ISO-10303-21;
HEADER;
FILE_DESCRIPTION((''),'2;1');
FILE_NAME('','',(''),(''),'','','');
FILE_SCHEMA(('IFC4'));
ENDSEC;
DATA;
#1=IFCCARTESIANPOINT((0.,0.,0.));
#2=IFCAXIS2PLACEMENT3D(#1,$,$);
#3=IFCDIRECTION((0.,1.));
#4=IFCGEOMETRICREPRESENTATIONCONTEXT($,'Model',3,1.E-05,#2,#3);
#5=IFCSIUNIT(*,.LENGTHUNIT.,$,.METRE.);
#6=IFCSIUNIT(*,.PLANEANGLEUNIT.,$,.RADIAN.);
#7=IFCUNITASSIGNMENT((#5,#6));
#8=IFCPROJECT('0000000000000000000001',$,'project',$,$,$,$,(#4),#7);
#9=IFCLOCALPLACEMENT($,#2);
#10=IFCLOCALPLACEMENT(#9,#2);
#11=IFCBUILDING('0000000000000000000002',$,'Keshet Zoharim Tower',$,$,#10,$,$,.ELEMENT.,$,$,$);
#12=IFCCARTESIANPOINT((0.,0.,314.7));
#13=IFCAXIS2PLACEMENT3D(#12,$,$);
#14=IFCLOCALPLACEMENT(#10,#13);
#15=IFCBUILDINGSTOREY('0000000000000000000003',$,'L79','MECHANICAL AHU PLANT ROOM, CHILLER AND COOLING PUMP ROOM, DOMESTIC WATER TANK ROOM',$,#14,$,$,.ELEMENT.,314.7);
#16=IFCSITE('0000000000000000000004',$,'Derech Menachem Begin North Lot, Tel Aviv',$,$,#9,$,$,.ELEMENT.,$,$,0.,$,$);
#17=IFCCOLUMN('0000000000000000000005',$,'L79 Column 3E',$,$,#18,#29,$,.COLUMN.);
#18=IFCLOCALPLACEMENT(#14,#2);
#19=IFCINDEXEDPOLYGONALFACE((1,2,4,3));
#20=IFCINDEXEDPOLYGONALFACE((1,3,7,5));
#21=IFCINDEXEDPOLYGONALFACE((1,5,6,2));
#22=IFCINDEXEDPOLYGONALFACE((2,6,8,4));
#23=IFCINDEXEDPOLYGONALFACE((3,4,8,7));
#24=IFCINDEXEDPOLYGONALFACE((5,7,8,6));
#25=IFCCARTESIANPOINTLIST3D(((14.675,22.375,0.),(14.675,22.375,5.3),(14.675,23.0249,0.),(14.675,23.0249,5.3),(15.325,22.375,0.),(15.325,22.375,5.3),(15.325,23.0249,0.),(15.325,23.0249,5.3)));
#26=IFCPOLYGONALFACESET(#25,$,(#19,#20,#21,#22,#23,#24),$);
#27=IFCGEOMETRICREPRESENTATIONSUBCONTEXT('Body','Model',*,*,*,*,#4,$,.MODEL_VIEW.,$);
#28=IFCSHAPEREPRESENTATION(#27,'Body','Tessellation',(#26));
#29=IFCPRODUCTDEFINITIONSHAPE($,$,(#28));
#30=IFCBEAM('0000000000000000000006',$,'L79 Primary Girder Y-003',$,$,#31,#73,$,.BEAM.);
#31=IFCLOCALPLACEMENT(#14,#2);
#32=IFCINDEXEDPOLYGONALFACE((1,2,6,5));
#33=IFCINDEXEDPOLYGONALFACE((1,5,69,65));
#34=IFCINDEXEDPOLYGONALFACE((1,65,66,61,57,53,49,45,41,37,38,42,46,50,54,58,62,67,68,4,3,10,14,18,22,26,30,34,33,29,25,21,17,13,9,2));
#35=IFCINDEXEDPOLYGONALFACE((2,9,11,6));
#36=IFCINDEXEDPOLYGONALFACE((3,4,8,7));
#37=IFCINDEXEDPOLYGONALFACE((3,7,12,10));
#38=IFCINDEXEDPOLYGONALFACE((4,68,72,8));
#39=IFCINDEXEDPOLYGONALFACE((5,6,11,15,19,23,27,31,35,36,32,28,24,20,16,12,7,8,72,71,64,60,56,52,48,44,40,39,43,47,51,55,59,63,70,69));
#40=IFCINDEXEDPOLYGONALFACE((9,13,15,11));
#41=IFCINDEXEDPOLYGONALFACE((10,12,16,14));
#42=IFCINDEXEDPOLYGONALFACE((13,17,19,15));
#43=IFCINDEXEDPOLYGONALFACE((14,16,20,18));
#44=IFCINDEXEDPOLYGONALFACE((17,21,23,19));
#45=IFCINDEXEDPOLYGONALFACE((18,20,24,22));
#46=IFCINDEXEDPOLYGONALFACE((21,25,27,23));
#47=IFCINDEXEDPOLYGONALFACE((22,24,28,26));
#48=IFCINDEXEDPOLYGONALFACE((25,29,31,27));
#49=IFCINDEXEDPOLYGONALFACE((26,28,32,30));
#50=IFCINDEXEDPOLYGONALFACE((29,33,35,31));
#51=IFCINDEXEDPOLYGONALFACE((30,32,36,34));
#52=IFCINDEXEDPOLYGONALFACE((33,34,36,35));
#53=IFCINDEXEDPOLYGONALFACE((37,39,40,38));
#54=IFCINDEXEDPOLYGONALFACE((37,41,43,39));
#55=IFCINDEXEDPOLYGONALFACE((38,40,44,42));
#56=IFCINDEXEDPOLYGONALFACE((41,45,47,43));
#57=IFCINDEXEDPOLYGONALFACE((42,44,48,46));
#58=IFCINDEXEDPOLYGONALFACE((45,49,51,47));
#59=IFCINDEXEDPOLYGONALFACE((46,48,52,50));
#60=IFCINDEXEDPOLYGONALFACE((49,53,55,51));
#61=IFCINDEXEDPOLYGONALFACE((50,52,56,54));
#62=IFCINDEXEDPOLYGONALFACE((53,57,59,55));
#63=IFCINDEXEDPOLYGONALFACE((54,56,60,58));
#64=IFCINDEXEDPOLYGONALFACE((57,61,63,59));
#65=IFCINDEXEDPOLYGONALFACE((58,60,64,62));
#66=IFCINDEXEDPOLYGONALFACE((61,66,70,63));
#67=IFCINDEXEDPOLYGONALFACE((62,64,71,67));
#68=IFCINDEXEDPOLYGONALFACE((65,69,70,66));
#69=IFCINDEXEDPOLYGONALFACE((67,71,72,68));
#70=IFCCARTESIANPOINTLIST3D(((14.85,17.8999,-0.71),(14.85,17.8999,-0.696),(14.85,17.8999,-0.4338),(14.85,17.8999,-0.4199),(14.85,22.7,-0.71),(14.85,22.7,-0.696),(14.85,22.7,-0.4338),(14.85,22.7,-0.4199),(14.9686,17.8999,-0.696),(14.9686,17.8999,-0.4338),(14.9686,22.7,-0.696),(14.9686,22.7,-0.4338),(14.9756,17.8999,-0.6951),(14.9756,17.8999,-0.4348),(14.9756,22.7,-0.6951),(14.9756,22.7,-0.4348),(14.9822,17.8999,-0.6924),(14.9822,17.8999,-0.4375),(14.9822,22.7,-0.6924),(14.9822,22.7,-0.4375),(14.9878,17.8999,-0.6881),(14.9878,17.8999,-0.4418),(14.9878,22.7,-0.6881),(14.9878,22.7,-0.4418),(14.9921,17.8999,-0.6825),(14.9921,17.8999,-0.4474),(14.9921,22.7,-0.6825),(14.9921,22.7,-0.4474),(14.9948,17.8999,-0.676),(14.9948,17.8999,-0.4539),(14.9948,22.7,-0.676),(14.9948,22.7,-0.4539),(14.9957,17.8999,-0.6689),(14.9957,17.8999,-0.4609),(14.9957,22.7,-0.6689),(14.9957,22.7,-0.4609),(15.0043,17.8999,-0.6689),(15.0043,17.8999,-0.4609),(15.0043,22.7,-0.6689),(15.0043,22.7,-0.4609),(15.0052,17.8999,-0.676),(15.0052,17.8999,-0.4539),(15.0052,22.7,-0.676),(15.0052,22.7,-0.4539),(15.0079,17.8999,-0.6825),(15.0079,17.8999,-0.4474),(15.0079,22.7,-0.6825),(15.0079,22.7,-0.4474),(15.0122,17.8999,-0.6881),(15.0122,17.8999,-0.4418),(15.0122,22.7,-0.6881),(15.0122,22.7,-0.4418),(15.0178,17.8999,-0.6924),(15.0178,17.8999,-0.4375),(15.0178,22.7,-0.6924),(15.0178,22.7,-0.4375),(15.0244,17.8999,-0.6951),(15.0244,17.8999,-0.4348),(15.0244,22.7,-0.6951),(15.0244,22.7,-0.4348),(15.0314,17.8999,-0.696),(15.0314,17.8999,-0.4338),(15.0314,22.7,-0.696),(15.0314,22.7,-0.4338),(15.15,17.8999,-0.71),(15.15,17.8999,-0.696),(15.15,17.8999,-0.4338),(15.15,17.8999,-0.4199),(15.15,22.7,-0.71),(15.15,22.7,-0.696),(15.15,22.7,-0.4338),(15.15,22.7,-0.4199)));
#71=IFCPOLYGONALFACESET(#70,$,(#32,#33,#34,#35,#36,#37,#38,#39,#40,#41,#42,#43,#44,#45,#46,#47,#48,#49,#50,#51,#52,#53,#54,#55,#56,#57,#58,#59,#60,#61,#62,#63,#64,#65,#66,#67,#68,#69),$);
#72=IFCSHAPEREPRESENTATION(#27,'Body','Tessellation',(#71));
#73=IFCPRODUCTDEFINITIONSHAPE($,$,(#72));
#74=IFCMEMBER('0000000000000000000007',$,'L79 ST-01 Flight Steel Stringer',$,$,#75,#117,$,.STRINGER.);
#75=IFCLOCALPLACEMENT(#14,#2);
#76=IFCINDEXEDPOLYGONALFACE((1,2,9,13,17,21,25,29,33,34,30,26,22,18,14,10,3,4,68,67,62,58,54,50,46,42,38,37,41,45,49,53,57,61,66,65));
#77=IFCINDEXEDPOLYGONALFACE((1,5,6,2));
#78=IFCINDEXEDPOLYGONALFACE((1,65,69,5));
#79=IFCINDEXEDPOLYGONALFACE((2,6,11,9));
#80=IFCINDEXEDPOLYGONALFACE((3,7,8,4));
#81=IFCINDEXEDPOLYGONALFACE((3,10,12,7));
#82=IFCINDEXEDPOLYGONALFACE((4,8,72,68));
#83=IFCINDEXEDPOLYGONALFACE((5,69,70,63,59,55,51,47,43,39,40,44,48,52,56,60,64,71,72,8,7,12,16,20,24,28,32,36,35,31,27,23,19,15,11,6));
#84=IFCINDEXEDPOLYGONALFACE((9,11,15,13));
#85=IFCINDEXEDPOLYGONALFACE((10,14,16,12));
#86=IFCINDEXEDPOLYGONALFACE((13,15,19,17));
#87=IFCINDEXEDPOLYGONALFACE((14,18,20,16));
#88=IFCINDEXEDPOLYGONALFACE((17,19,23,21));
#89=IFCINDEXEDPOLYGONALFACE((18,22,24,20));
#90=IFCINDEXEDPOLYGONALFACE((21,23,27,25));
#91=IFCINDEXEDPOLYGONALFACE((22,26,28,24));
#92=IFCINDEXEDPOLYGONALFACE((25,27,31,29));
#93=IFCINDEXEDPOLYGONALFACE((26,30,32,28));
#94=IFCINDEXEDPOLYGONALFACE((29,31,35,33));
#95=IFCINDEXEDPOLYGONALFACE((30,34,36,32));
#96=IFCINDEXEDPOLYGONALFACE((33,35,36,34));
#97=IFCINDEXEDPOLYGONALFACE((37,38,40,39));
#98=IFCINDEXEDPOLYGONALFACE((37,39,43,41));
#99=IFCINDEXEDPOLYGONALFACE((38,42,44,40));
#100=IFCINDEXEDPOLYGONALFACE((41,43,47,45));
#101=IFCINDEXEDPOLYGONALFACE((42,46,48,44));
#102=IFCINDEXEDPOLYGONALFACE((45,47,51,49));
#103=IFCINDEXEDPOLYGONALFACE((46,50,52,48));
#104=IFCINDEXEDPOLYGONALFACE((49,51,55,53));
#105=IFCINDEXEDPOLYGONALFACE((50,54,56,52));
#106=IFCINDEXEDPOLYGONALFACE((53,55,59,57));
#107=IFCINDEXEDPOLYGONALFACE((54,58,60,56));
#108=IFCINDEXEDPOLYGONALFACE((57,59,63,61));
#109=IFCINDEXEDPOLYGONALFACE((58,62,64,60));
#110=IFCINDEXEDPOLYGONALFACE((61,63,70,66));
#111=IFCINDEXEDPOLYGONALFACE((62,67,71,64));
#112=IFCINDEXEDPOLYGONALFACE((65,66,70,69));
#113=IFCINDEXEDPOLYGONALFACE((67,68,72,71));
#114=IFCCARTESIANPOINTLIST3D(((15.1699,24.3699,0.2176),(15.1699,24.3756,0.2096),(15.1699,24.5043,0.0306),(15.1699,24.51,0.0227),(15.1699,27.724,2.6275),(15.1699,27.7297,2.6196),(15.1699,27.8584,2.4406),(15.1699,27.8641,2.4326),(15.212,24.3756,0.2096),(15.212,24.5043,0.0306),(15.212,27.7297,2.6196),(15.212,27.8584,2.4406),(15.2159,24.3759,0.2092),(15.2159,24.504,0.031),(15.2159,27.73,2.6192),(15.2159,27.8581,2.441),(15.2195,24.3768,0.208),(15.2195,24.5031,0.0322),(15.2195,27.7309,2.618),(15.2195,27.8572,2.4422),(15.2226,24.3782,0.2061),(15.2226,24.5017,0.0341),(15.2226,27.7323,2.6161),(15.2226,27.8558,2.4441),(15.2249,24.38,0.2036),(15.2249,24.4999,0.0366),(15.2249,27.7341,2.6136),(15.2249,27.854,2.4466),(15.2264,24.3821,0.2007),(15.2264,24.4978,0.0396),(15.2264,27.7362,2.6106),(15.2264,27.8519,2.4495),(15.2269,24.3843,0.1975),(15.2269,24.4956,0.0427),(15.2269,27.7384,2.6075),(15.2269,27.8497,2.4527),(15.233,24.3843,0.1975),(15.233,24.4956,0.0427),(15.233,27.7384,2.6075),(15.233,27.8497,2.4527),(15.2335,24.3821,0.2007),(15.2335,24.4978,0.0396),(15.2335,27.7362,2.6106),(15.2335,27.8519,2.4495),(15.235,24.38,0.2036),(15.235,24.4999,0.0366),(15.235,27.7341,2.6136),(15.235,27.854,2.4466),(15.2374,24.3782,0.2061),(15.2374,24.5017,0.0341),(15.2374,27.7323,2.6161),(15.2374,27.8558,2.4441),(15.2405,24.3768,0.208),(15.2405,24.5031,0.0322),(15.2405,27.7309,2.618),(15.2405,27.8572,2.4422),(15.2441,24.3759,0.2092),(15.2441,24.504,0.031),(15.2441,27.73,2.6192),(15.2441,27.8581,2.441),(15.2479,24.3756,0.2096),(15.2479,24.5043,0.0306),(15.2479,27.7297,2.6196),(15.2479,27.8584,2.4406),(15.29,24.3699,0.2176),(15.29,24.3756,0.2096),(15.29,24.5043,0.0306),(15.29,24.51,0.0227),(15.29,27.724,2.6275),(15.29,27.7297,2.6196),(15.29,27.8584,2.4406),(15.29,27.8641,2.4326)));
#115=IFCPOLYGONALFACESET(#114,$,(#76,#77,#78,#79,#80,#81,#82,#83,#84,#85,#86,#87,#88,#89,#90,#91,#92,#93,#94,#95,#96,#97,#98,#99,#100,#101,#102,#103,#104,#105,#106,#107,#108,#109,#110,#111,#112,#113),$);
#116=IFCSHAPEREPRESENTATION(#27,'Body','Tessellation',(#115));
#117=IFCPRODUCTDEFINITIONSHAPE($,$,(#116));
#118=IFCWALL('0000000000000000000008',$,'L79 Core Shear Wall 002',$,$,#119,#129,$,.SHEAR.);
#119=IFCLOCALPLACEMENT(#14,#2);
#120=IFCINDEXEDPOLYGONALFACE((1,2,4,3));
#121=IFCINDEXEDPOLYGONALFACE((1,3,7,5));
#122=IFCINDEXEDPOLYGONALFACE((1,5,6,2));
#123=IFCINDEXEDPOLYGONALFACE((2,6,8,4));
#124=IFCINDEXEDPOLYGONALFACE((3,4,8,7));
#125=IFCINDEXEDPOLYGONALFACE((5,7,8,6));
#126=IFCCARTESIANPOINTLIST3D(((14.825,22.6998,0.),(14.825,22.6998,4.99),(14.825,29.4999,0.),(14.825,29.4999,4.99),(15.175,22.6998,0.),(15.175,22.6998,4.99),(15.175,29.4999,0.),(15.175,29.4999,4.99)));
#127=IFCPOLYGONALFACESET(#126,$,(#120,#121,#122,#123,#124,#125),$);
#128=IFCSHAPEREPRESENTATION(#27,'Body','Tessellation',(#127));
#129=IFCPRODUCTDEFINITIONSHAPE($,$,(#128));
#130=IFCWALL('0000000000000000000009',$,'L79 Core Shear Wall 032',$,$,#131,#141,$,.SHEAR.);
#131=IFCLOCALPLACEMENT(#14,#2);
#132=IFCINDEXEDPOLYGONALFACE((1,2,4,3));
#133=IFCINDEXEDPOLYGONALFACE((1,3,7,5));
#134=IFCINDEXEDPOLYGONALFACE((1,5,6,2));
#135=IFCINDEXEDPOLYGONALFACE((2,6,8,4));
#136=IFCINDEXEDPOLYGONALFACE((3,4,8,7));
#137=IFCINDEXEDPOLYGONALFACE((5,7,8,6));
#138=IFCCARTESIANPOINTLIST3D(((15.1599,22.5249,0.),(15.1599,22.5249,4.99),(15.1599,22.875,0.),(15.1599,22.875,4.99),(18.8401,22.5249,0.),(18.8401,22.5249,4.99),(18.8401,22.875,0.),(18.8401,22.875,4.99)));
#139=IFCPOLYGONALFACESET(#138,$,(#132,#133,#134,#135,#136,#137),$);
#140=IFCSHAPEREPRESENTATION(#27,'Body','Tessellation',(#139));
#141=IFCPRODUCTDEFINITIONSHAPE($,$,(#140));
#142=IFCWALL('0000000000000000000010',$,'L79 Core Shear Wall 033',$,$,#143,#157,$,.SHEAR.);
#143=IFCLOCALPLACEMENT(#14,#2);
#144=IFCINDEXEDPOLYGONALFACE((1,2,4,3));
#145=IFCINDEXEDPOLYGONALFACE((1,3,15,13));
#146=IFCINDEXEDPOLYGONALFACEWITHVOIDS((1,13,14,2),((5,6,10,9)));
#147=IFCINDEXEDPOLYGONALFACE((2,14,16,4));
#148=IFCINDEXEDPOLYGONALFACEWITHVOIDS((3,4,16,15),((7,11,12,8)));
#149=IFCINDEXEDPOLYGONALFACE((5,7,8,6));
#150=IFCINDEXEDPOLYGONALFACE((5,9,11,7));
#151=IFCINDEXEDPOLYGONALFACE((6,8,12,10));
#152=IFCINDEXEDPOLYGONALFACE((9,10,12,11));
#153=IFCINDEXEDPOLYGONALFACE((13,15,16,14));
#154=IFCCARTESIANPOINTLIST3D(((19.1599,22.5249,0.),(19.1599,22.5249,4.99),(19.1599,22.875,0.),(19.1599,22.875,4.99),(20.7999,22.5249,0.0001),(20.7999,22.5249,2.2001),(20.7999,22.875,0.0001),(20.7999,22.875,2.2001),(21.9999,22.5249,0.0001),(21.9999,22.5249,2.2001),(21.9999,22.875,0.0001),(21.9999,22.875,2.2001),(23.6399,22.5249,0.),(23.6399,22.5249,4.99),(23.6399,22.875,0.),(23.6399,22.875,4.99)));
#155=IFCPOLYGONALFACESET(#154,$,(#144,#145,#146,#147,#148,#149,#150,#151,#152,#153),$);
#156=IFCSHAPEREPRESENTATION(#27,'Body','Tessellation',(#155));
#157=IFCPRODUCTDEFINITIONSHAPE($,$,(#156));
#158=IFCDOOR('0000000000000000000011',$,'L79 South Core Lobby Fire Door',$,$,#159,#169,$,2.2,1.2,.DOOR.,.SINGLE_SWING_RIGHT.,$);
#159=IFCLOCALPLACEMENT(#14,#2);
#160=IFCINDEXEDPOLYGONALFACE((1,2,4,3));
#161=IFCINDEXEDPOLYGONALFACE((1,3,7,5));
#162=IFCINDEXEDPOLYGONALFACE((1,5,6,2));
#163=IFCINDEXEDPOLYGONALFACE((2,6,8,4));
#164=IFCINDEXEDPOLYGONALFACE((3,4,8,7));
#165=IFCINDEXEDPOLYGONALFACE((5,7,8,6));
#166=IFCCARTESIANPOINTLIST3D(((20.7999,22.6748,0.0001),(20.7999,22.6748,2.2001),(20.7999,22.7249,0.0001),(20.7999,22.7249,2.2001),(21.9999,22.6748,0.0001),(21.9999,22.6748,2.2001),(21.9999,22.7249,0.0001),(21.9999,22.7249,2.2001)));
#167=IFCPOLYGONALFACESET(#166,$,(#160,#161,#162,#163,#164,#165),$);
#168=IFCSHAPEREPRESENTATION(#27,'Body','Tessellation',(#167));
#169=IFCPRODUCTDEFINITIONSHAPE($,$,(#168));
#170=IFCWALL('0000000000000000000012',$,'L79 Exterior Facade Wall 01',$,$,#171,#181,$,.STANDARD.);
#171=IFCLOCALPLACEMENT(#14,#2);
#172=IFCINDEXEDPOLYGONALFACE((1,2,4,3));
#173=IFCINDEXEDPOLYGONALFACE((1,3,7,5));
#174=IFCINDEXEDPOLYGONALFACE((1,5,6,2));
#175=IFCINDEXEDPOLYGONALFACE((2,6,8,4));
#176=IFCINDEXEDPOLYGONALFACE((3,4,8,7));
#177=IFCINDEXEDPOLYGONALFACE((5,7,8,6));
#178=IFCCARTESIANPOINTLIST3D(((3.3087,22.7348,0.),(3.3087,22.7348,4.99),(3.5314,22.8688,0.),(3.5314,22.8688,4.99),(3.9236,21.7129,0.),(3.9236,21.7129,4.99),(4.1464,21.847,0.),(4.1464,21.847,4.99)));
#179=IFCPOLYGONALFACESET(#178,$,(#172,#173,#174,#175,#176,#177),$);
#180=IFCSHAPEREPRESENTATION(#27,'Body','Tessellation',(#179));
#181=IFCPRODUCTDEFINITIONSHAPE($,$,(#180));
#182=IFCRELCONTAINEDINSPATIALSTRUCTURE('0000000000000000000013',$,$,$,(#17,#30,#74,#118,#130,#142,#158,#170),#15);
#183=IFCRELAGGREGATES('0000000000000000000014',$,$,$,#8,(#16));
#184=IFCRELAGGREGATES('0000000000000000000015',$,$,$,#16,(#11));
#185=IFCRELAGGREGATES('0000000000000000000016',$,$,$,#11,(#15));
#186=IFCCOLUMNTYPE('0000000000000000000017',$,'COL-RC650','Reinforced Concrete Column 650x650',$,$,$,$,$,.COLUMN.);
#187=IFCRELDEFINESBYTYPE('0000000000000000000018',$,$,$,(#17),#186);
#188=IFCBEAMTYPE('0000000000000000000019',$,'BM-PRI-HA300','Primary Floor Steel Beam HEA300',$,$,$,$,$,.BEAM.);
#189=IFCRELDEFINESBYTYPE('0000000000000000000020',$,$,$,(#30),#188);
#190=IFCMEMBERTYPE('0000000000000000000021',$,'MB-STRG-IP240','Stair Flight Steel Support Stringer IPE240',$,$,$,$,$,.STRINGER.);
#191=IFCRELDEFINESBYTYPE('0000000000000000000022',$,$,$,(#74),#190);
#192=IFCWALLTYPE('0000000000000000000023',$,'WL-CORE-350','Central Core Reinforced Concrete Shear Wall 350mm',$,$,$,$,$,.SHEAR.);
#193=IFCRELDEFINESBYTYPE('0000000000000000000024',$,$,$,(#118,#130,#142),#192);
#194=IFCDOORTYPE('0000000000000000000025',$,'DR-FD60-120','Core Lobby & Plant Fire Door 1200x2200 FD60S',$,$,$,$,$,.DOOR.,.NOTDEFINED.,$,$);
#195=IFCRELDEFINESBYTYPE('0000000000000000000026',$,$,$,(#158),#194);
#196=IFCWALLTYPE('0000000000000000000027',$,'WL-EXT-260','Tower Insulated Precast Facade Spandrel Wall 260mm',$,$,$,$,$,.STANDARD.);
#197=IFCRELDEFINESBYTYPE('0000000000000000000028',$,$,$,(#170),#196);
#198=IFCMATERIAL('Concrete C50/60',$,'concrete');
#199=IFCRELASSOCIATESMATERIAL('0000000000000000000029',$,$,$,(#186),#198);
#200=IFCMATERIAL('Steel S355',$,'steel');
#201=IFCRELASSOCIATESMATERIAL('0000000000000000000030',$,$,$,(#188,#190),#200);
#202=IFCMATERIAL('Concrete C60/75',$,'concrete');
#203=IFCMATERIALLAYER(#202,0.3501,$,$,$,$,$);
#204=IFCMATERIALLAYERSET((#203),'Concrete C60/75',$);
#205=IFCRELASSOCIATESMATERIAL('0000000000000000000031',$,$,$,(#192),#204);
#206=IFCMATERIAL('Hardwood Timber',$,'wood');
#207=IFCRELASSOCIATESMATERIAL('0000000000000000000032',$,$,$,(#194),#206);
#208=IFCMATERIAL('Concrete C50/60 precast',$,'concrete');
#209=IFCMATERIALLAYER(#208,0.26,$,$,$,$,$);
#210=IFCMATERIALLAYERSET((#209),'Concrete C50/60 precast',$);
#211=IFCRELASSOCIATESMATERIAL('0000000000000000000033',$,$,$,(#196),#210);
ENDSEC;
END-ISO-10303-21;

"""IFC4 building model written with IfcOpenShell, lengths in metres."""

from ifc_helpers import new_model, si_unit, direction, frame, frame_2d, origin, origin_2d, place, context, subcontext, project, spatial, rectangle, i_section, extrude, material, layer, layer_set, material_profile, profile_set, type_object, element, fill, save


model = new_model("IFC4")

# Units and contexts
model_context = context("Model", 3, precision=1e-05, world=origin(), true_north=direction((0.0, 1.0)))
body_context = subcontext(model_context, "Body", "Model", "MODEL_VIEW")
ifc_project = project(units=[si_unit("LENGTHUNIT", "METRE"), si_unit("PLANEANGLEUNIT", "RADIAN")], contexts=[model_context])

# Site, building, storey
site_placement = place(None, origin())
site = spatial("IfcSite", under=ifc_project, at=site_placement, Name="Derech Menachem Begin North Lot, Tel Aviv", CompositionType="ELEMENT", RefElevation=0.0)
building_placement = place(site_placement, origin())
building = spatial("IfcBuilding", under=site, at=building_placement, Name="Keshet Zoharim Tower", CompositionType="ELEMENT")
storey_placement = place(building_placement, frame((0.0, 0.0, 314.7)))
storey = spatial("IfcBuildingStorey", under=building, at=storey_placement, Name="L79", Description="MECHANICAL AHU PLANT ROOM, CHILLER AND COOLING PUMP ROOM, DOMESTIC WATER TANK ROOM", CompositionType="ELEMENT", Elevation=314.7)

# Column
ifc_material_1 = material(Name="Concrete C50/60", Category="concrete")
ifc_material_profile_1 = material_profile(ifc_material_1, rectangle(XDim=0.6499, YDim=0.6499, at=origin_2d()), Name="RC650x650")
ifc_profile_set_1 = profile_set([ifc_material_profile_1], Name="Concrete C50/60")
column_type = type_object("IfcColumnType", Name="COL-RC650", Description="Reinforced Concrete Column 650x650", PredefinedType="COLUMN", material=ifc_profile_set_1)
column_placement = place(storey_placement, frame((15.0, 22.7, 0.0), z_axis=(0.0, 0.0, 1.0), x_axis=(1.0, 0.0, 0.0)))
element("IfcColumn", 1, at=column_placement, inside=storey, type_object=column_type, Name="L79 Column 3E", PredefinedType="COLUMN", context=body_context, shape_type="SweptSolid", body=[
    extrude(rectangle(XDim=0.6499, YDim=0.6499, at=origin_2d()), origin(), (0.0, 0.0, 1.0), 5.3),
])

# Beam
ifc_material_2 = material(Name="Steel S355", Category="steel")
ifc_material_profile_2 = material_profile(ifc_material_2, i_section(OverallWidth=0.3, OverallDepth=0.29, WebThickness=0.0085, FlangeThickness=0.0139, FilletRadius=0.0271, at=origin_2d()), Name="HEA300")
ifc_profile_set_2 = profile_set([ifc_material_profile_2], Name="Steel S355")
beam_type = type_object("IfcBeamType", Name="BM-PRI-HA300", Description="Primary Floor Steel Beam HEA300", PredefinedType="BEAM", material=ifc_profile_set_2)
beam_placement = place(storey_placement, frame((15.0, 17.8999, -0.5649), z_axis=(0.0, 1.0, 0.0), x_axis=(-1.0, 0.0, 0.0)))
element("IfcBeam", 2, at=beam_placement, inside=storey, type_object=beam_type, Name="L79 Primary Girder Y-003", PredefinedType="BEAM", context=body_context, shape_type="SweptSolid", body=[
    extrude(i_section(OverallWidth=0.3, OverallDepth=0.29, WebThickness=0.0085, FlangeThickness=0.0139, FilletRadius=0.0271, at=origin_2d()), origin(), (0.0, 0.0, 1.0), 4.8),
])

# Member
ifc_material_profile_3 = material_profile(ifc_material_2, i_section(OverallWidth=0.1201, OverallDepth=0.24, WebThickness=0.0061, FlangeThickness=0.0098, FilletRadius=0.0149, at=origin_2d()), Name="IPE240")
ifc_profile_set_3 = profile_set([ifc_material_profile_3], Name="Steel S355")
member_type = type_object("IfcMemberType", Name="MB-STRG-IP240", Description="Stair Flight Steel Support Stringer IPE240", PredefinedType="STRINGER", material=ifc_profile_set_3)
member_placement = place(storey_placement, frame((15.23, 24.4399, 0.1201), z_axis=(0.0, 0.812105, 0.583512), x_axis=(-1.0, 0.0, 0.0)))
element("IfcMember", 3, at=member_placement, inside=storey, type_object=member_type, Name="L79 ST-01 Flight Steel Stringer", PredefinedType="STRINGER", context=body_context, shape_type="SweptSolid", body=[
    extrude(i_section(OverallWidth=0.1201, OverallDepth=0.24, WebThickness=0.0061, FlangeThickness=0.0098, FilletRadius=0.0149, at=origin_2d()), origin(), (0.0, 0.0, 1.0), 4.1301),
])

# Wall
ifc_material_3 = material(Name="Concrete C60/75", Category="concrete")
ifc_layer_1 = layer(ifc_material_3, 0.3501)
ifc_layer_set_1 = layer_set([ifc_layer_1], Name="Concrete C60/75")
wall_type_1 = type_object("IfcWallType", Name="WL-CORE-350", Description="Central Core Reinforced Concrete Shear Wall 350mm", PredefinedType="SHEAR", material=ifc_layer_set_1)
wall_1_placement = place(storey_placement, frame((15.0, 22.7, 0.0), z_axis=(0.0, 0.0, 1.0), x_axis=(0.0, 1.0, 0.0)))
element("IfcWall", 4, at=wall_1_placement, inside=storey, type_object=wall_type_1, Name="L79 Core Shear Wall 002", PredefinedType="SHEAR", context=body_context, shape_type="SweptSolid", body=[
    extrude(rectangle(XDim=6.8, YDim=0.3501, at=frame_2d((3.3999, 0.0))), origin(), (0.0, 0.0, 1.0), 4.99),
])

# Shared definitions
ifc_material_4 = material(Name="Hardwood Timber", Category="wood")

# Wall
wall_2_placement = place(storey_placement, frame((15.1599, 22.7, 0.0), z_axis=(0.0, 0.0, 1.0), x_axis=(1.0, 0.0, 0.0)))
element("IfcWall", 5, at=wall_2_placement, inside=storey, type_object=wall_type_1, Name="L79 Core Shear Wall 032", PredefinedType="SHEAR", context=body_context, shape_type="SweptSolid", body=[
    extrude(rectangle(XDim=3.6802, YDim=0.3501, at=frame_2d((1.8401, 0.0))), origin(), (0.0, 0.0, 1.0), 4.99),
])

# Wall, opening, door
wall_3_placement = place(storey_placement, frame((19.1599, 22.7, 0.0), z_axis=(0.0, 0.0, 1.0), x_axis=(1.0, 0.0, 0.0)))
wall_3 = element("IfcWall", 6, at=wall_3_placement, inside=storey, type_object=wall_type_1, Name="L79 Core Shear Wall 033", PredefinedType="SHEAR", context=body_context, shape_type="SweptSolid", body=[
    extrude(rectangle(XDim=4.48, YDim=0.3501, at=frame_2d((2.24, 0.0))), origin(), (0.0, 0.0, 1.0), 4.99),
])
opening_1_placement = place(wall_3_placement, frame((1.6399, 0.0, 0.0)))
opening_1 = element("IfcOpeningElement", 7, at=opening_1_placement, cuts=wall_3, PredefinedType="OPENING", context=body_context, shape_type="SweptSolid", body=[
    extrude(rectangle(XDim=1.2, YDim=2.2, at=frame_2d((0.6001, 1.1001))), frame((0.0, 0.1851, 0.0), z_axis=(0.0, -1.0, 0.0), x_axis=(1.0, 0.0, 0.0)), (0.0, 0.0, 1.0), 0.3701),
])
door_type_1 = type_object("IfcDoorType", Name="DR-FD60-120", Description="Core Lobby & Plant Fire Door 1200x2200 FD60S", OperationType="NOTDEFINED", PredefinedType="DOOR", material=ifc_material_4)
door_1_placement = place(opening_1_placement, origin())
door_1 = element("IfcDoor", 8, at=door_1_placement, inside=storey, type_object=door_type_1, Name="L79 South Core Lobby Fire Door", OperationType="SINGLE_SWING_RIGHT", OverallHeight=2.2, OverallWidth=1.2, PredefinedType="DOOR", context=body_context, shape_type="SweptSolid", body=[
    extrude(rectangle(XDim=1.2, YDim=2.2, at=frame_2d((0.6001, 1.1001))), frame((0.0, 0.0249, 0.0), z_axis=(0.0, -1.0, 0.0), x_axis=(1.0, 0.0, 0.0)), (0.0, 0.0, 1.0), 0.05),
])
fill(opening_1, door_1)

# Wall
ifc_material_5 = material(Name="Concrete C50/60 precast", Category="concrete")
ifc_layer_2 = layer(ifc_material_5, 0.26)
ifc_layer_set_2 = layer_set([ifc_layer_2], Name="Concrete C50/60 precast")
wall_type_2 = type_object("IfcWallType", Name="WL-EXT-260", Description="Tower Insulated Precast Facade Spandrel Wall 260mm", PredefinedType="STANDARD", material=ifc_layer_set_2)
wall_4_placement = place(storey_placement, frame((4.0349, 21.78, 0.0), z_axis=(0.0, 0.0, 1.0), x_axis=(-0.515609, 0.856824, 0.0)))
element("IfcWall", 9, at=wall_4_placement, inside=storey, type_object=wall_type_2, Name="L79 Exterior Facade Wall 01", PredefinedType="STANDARD", context=body_context, shape_type="SweptSolid", body=[
    extrude(rectangle(XDim=1.1926, YDim=0.26, at=frame_2d((0.5962, 0.0))), origin(), (0.0, 0.0, 1.0), 4.99),
])

save(model, "model.ifc")
